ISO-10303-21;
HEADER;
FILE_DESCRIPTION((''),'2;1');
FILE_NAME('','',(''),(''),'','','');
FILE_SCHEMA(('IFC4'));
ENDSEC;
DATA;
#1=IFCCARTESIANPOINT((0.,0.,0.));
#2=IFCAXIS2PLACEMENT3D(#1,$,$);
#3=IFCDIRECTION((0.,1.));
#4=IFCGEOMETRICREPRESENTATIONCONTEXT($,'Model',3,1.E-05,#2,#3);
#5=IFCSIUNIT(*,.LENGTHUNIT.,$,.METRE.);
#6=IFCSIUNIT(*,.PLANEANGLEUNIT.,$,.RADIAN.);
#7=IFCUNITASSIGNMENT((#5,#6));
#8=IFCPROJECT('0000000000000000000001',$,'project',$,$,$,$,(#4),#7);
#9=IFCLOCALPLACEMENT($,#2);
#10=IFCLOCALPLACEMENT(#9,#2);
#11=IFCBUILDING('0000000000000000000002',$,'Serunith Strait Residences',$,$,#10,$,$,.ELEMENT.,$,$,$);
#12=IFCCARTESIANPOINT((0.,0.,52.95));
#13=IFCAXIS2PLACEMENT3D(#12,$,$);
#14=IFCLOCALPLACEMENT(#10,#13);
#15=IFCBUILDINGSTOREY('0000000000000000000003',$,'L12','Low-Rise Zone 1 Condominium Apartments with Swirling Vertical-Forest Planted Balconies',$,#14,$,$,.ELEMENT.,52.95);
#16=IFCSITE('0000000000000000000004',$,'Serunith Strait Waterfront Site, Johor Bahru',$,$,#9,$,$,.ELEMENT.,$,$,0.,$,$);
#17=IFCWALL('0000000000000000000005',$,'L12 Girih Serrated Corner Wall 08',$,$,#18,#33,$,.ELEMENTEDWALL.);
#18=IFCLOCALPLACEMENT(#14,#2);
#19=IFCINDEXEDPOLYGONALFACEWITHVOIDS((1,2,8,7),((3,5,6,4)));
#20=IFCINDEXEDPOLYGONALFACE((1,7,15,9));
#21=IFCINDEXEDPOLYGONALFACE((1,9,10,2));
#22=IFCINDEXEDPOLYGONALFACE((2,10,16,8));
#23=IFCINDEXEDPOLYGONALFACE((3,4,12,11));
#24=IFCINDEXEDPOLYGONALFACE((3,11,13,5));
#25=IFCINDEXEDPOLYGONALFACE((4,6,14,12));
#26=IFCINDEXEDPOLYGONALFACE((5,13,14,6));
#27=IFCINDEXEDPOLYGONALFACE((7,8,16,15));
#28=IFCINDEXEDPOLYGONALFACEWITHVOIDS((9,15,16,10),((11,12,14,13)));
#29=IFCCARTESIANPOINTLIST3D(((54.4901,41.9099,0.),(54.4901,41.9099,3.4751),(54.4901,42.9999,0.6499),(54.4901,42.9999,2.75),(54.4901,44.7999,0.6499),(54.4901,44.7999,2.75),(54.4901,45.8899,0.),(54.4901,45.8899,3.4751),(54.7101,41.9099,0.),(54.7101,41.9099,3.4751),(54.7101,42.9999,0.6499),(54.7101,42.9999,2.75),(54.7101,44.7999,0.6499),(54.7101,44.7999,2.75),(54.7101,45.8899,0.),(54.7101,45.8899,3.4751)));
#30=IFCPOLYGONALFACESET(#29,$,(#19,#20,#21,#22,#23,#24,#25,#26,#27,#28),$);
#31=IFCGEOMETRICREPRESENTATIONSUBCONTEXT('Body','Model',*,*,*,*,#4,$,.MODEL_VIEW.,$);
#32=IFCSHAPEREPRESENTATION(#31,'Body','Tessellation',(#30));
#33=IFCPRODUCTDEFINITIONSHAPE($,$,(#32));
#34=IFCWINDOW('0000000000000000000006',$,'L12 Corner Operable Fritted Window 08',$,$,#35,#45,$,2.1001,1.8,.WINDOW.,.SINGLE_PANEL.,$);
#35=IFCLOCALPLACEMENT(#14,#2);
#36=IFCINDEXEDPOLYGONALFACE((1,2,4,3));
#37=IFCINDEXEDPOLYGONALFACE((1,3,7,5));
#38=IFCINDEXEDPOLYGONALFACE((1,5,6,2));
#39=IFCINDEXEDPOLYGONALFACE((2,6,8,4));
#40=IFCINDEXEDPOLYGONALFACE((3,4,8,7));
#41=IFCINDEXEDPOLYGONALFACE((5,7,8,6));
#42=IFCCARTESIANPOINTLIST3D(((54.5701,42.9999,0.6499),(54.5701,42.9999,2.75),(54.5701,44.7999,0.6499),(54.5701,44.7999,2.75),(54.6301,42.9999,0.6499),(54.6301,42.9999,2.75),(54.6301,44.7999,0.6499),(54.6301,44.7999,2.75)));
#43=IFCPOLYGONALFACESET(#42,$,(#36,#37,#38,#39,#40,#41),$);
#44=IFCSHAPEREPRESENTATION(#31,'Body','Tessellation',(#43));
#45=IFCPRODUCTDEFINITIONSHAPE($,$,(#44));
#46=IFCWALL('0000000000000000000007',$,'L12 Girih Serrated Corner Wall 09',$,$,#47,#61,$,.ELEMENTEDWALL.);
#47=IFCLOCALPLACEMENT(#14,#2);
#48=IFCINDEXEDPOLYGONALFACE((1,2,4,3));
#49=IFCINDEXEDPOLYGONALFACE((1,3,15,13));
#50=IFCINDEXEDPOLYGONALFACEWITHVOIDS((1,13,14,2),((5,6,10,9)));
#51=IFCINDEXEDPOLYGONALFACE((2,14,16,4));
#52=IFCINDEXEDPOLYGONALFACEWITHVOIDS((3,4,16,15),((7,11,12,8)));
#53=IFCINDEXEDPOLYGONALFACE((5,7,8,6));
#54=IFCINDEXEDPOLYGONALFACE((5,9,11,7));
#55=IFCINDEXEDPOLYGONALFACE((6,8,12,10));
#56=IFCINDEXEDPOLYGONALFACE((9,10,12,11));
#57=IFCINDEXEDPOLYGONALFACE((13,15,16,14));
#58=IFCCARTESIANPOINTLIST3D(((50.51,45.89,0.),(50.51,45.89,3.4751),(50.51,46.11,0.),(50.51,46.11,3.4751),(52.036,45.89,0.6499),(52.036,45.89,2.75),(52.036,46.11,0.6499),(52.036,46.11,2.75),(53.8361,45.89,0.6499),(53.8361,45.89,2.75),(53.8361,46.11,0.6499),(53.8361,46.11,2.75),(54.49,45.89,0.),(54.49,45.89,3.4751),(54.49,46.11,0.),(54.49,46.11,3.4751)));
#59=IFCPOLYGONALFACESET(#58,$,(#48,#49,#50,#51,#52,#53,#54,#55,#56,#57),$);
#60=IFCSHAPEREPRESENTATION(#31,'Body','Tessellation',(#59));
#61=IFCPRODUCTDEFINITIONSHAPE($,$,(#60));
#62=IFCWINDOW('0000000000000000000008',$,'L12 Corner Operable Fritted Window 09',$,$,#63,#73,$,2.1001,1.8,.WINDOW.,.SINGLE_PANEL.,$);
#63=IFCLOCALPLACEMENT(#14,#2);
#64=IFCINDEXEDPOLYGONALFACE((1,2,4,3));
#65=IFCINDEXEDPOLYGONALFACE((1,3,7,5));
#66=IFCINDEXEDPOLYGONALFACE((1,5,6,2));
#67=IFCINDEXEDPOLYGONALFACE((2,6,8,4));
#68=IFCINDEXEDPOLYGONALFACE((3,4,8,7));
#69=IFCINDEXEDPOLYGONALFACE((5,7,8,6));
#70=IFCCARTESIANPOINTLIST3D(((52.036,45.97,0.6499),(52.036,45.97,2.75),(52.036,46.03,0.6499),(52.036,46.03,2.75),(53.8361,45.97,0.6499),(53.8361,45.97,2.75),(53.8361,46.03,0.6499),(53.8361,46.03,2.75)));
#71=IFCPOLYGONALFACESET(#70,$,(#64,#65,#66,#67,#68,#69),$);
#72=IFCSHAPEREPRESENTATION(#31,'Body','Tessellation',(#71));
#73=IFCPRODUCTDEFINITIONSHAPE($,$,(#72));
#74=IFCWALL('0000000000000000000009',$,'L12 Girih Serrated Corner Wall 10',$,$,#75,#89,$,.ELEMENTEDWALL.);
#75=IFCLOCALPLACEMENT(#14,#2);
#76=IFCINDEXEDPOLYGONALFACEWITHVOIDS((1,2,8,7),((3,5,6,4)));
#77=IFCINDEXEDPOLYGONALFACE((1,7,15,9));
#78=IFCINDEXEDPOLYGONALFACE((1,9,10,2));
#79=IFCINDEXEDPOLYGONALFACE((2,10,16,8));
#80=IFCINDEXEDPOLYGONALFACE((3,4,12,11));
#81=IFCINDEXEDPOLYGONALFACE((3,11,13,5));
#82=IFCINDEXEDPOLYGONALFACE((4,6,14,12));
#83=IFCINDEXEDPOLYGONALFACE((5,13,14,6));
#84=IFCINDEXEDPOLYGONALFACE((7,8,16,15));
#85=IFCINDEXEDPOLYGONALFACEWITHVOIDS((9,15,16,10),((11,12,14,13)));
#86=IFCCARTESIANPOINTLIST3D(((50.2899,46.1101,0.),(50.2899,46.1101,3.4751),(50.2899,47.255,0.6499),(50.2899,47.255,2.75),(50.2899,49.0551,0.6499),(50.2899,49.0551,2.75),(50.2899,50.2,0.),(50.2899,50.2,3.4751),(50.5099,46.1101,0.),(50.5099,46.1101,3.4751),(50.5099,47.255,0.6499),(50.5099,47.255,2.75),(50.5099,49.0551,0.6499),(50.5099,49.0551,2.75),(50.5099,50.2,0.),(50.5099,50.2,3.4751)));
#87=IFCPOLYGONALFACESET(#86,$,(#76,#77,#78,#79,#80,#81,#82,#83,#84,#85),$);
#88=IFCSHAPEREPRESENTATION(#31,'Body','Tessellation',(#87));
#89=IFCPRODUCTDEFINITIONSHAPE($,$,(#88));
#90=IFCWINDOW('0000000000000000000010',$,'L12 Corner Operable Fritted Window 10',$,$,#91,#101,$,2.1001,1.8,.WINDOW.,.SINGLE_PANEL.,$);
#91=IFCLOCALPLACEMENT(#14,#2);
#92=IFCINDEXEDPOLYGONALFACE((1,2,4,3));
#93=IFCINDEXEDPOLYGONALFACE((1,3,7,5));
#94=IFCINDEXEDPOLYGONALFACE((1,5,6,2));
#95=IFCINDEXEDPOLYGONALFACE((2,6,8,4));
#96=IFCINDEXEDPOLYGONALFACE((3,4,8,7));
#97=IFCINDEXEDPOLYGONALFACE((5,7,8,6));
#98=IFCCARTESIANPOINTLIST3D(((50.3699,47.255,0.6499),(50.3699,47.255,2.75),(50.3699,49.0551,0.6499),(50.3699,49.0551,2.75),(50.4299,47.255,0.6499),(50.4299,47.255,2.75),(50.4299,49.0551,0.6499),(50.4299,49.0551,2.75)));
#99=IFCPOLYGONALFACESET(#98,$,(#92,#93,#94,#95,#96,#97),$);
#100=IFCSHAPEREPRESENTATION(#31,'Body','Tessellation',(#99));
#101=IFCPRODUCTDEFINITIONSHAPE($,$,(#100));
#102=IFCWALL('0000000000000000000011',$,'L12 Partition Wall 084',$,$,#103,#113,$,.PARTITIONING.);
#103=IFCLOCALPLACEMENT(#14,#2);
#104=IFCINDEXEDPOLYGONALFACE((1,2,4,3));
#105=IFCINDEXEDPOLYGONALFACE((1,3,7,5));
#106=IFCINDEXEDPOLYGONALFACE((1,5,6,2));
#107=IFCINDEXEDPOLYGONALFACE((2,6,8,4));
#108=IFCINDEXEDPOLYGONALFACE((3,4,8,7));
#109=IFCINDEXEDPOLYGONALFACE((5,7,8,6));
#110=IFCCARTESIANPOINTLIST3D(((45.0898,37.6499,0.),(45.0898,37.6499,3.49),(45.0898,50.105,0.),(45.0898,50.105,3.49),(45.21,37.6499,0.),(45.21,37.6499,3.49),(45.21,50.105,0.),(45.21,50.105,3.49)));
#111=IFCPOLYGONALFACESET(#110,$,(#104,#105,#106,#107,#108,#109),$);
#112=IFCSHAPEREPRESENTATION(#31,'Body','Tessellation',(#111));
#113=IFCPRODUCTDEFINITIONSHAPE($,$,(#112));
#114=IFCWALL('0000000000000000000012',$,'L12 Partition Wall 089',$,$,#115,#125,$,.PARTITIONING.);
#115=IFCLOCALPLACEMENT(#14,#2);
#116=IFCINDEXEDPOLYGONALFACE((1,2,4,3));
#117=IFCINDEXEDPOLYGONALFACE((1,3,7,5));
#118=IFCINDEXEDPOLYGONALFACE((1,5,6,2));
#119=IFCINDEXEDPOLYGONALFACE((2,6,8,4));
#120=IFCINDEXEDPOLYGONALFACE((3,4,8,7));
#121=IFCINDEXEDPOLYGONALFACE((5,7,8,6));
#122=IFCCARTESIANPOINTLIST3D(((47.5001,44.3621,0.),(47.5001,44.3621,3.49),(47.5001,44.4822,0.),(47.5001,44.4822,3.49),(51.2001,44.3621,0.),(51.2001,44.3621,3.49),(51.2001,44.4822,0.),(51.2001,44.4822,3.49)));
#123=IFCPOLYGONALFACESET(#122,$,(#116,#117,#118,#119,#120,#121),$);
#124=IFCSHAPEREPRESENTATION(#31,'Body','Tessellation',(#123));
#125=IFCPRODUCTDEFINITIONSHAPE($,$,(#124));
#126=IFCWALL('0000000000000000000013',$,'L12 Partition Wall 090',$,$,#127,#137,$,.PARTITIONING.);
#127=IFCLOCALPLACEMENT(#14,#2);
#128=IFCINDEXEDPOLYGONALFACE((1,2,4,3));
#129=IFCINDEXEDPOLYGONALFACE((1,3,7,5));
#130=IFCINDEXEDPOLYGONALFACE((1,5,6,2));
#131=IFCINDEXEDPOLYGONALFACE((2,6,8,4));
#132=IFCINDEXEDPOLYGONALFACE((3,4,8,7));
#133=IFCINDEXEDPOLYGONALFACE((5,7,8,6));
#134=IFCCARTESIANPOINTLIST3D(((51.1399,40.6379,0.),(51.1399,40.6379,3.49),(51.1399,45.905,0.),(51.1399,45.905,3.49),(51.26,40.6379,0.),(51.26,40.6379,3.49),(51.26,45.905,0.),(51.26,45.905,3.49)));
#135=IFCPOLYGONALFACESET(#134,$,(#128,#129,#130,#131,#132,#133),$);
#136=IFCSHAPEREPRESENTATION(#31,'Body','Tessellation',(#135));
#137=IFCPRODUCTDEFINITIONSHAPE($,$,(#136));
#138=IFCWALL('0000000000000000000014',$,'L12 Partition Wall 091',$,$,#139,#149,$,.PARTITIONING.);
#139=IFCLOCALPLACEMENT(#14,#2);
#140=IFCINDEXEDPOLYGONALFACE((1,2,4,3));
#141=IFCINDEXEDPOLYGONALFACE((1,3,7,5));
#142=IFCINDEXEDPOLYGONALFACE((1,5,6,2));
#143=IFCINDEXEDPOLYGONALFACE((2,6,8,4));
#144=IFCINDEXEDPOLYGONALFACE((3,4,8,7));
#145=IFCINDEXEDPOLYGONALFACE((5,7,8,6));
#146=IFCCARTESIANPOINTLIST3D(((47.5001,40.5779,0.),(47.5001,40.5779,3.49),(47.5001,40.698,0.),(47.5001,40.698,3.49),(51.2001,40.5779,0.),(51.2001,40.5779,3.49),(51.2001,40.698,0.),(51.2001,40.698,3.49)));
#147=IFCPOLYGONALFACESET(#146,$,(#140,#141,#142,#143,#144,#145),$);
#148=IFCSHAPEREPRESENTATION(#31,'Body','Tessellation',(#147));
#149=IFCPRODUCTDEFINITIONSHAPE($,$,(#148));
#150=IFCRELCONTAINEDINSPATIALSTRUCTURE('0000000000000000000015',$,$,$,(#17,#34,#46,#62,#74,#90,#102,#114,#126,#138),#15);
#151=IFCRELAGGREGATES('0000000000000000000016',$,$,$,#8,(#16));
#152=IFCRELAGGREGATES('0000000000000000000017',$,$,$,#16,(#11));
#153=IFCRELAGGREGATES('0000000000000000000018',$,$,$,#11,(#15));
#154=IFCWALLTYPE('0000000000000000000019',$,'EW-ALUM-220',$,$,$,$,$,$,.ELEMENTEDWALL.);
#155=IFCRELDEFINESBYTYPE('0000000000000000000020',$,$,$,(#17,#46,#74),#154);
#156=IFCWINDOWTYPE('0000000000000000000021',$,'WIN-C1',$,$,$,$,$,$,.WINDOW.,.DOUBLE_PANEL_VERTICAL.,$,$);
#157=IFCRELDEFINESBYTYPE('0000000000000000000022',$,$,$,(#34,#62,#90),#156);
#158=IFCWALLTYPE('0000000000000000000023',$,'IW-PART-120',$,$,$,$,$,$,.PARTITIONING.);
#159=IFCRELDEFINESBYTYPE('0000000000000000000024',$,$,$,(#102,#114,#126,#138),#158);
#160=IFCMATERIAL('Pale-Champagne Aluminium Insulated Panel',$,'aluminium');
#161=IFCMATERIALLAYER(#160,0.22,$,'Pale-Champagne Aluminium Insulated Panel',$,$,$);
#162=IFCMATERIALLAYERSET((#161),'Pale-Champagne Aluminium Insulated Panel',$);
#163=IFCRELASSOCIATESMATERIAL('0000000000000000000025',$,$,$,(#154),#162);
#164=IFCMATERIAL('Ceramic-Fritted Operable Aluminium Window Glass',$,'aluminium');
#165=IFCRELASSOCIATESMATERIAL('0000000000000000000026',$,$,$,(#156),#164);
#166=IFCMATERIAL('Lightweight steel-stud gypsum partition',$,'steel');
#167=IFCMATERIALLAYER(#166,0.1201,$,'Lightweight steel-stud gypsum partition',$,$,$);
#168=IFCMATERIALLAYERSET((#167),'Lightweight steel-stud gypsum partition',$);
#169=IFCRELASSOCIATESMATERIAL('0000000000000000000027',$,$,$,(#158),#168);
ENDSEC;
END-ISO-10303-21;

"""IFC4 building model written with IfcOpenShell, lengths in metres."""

from ifc_helpers import new_model, si_unit, direction, frame, frame_2d, origin, place, context, subcontext, project, spatial, rectangle, extrude, source, transform, mapped, material, layer, layer_set, type_object, element, fill, save


model = new_model("IFC4")

# Units and contexts
model_context = context("Model", 3, precision=1e-05, world=origin(), true_north=direction((0.0, 1.0)))
body_context = subcontext(model_context, "Body", "Model", "MODEL_VIEW")
ifc_project = project(units=[si_unit("LENGTHUNIT", "METRE"), si_unit("PLANEANGLEUNIT", "RADIAN")], contexts=[model_context])

# Site, building, storey
site_placement = place(None, origin())
site = spatial("IfcSite", under=ifc_project, at=site_placement, Name="Serunith Strait Waterfront Site, Johor Bahru", CompositionType="ELEMENT", RefElevation=0.0)
building_placement = place(site_placement, origin())
building = spatial("IfcBuilding", under=site, at=building_placement, Name="Serunith Strait Residences", CompositionType="ELEMENT")
storey_placement = place(building_placement, frame((0.0, 0.0, 52.95)))
storey = spatial("IfcBuildingStorey", under=building, at=storey_placement, Name="L12", Description="Low-Rise Zone 1 Condominium Apartments with Swirling Vertical-Forest Planted Balconies", CompositionType="ELEMENT", Elevation=52.95)

# Walls, openings, windows
ifc_material_1 = material(Name="Pale-Champagne Aluminium Insulated Panel", Category="aluminium")
ifc_layer_1 = layer(ifc_material_1, 0.22, Name="Pale-Champagne Aluminium Insulated Panel")
ifc_layer_set_1 = layer_set([ifc_layer_1], Name="Pale-Champagne Aluminium Insulated Panel")
wall_type_1 = type_object("IfcWallType", Name="EW-ALUM-220", PredefinedType="ELEMENTEDWALL", material=ifc_layer_set_1)
ifc_material_2 = material(Name="Ceramic-Fritted Operable Aluminium Window Glass", Category="aluminium")
window_type = type_object("IfcWindowType", Name="WIN-C1", PartitioningType="DOUBLE_PANEL_VERTICAL", PredefinedType="WINDOW", material=ifc_material_2)
shared_shape_1 = source(origin(), body_context, "Body", "SweptSolid", [
    extrude(rectangle(XDim=1.8, YDim=2.1001, at=frame_2d((0.8999, 1.05))), frame((0.0, 0.03, 0.0), z_axis=(0.0, -1.0, 0.0), x_axis=(1.0, 0.0, 0.0)), (0.0, 0.0, 1.0), 0.0601),
])
wall_1_placement = place(storey_placement, frame((54.6001, 41.9099, 0.0), z_axis=(0.0, 0.0, 1.0), x_axis=(0.0, 1.0, 0.0)))
wall_1 = element("IfcWall", 1, at=wall_1_placement, inside=storey, type_object=wall_type_1, Name="L12 Girih Serrated Corner Wall 08", PredefinedType="ELEMENTEDWALL", context=body_context, shape_type="SweptSolid", body=[
    extrude(rectangle(XDim=3.98, YDim=0.22, at=frame_2d((1.99, 0.0))), origin(), (0.0, 0.0, 1.0), 3.4751),
])
opening_1_placement = place(wall_1_placement, frame((1.0901, 0.0, 0.6499)))
opening_1 = element("IfcOpeningElement", 2, at=opening_1_placement, cuts=wall_1, PredefinedType="OPENING", context=body_context, shape_type="SweptSolid", body=[
    extrude(rectangle(XDim=1.8, YDim=2.1001, at=frame_2d((0.8999, 1.05))), frame((0.0, 0.1201, 0.0), z_axis=(0.0, -1.0, 0.0), x_axis=(1.0, 0.0, 0.0)), (0.0, 0.0, 1.0), 0.24),
])
window_1_placement = place(opening_1_placement, origin())
window_1 = element("IfcWindow", 3, at=window_1_placement, inside=storey, type_object=window_type, Name="L12 Corner Operable Fritted Window 08", OverallHeight=2.1001, OverallWidth=1.8, PartitioningType="SINGLE_PANEL", PredefinedType="WINDOW", context=body_context, shape_type="MappedRepresentation", body=[
    mapped(shared_shape_1, transform((0.0, 0.0, 0.0), scale=1.0)),
])
fill(opening_1, window_1)
wall_2_placement = place(storey_placement, frame((54.49, 46.0, 0.0), z_axis=(0.0, 0.0, 1.0), x_axis=(-1.0, 0.0, 0.0)))
wall_2 = element("IfcWall", 4, at=wall_2_placement, inside=storey, type_object=wall_type_1, Name="L12 Girih Serrated Corner Wall 09", PredefinedType="ELEMENTEDWALL", context=body_context, shape_type="SweptSolid", body=[
    extrude(rectangle(XDim=3.98, YDim=0.22, at=frame_2d((1.99, 0.0))), origin(), (0.0, 0.0, 1.0), 3.4751),
])
opening_2_placement = place(wall_2_placement, frame((0.6541, 0.0, 0.6499)))
opening_2 = element("IfcOpeningElement", 5, at=opening_2_placement, cuts=wall_2, PredefinedType="OPENING", context=body_context, shape_type="SweptSolid", body=[
    extrude(rectangle(XDim=1.8, YDim=2.1001, at=frame_2d((0.8999, 1.05))), frame((0.0, 0.1201, 0.0), z_axis=(0.0, -1.0, 0.0), x_axis=(1.0, 0.0, 0.0)), (0.0, 0.0, 1.0), 0.24),
])
window_2_placement = place(opening_2_placement, origin())
window_2 = element("IfcWindow", 6, at=window_2_placement, inside=storey, type_object=window_type, Name="L12 Corner Operable Fritted Window 09", OverallHeight=2.1001, OverallWidth=1.8, PartitioningType="SINGLE_PANEL", PredefinedType="WINDOW", context=body_context, shape_type="MappedRepresentation", body=[
    mapped(shared_shape_1, transform((0.0, 0.0, 0.0), scale=1.0)),
])
fill(opening_2, window_2)
wall_3_placement = place(storey_placement, frame((50.3999, 46.1101, 0.0), z_axis=(0.0, 0.0, 1.0), x_axis=(0.0, 1.0, 0.0)))
wall_3 = element("IfcWall", 7, at=wall_3_placement, inside=storey, type_object=wall_type_1, Name="L12 Girih Serrated Corner Wall 10", PredefinedType="ELEMENTEDWALL", context=body_context, shape_type="SweptSolid", body=[
    extrude(rectangle(XDim=4.0898, YDim=0.22, at=frame_2d((2.0449, 0.0))), origin(), (0.0, 0.0, 1.0), 3.4751),
])
opening_3_placement = place(wall_3_placement, frame((1.145, 0.0, 0.6499)))
opening_3 = element("IfcOpeningElement", 8, at=opening_3_placement, cuts=wall_3, PredefinedType="OPENING", context=body_context, shape_type="SweptSolid", body=[
    extrude(rectangle(XDim=1.8, YDim=2.1001, at=frame_2d((0.8999, 1.05))), frame((0.0, 0.1201, 0.0), z_axis=(0.0, -1.0, 0.0), x_axis=(1.0, 0.0, 0.0)), (0.0, 0.0, 1.0), 0.24),
])
window_3_placement = place(opening_3_placement, origin())
window_3 = element("IfcWindow", 9, at=window_3_placement, inside=storey, type_object=window_type, Name="L12 Corner Operable Fritted Window 10", OverallHeight=2.1001, OverallWidth=1.8, PartitioningType="SINGLE_PANEL", PredefinedType="WINDOW", context=body_context, shape_type="MappedRepresentation", body=[
    mapped(shared_shape_1, transform((0.0, 0.0, 0.0), scale=1.0)),
])
fill(opening_3, window_3)

# Walls
ifc_material_3 = material(Name="Lightweight steel-stud gypsum partition", Category="steel")
ifc_layer_2 = layer(ifc_material_3, 0.1201, Name="Lightweight steel-stud gypsum partition")
ifc_layer_set_2 = layer_set([ifc_layer_2], Name="Lightweight steel-stud gypsum partition")
wall_type_2 = type_object("IfcWallType", Name="IW-PART-120", PredefinedType="PARTITIONING", material=ifc_layer_set_2)
wall_4_placement = place(storey_placement, frame((45.1499, 50.105, 0.0), z_axis=(0.0, 0.0, 1.0), x_axis=(0.0, -1.0, 0.0)))
element("IfcWall", 10, at=wall_4_placement, inside=storey, type_object=wall_type_2, Name="L12 Partition Wall 084", PredefinedType="PARTITIONING", context=body_context, shape_type="SweptSolid", body=[
    extrude(rectangle(XDim=12.4551, YDim=0.1201, at=frame_2d((6.2275, 0.0))), origin(), (0.0, 0.0, 1.0), 3.49),
])
wall_5_placement = place(storey_placement, frame((47.5, 44.4221, 0.0), z_axis=(0.0, 0.0, 1.0), x_axis=(1.0, 0.0, 0.0)))
element("IfcWall", 11, at=wall_5_placement, inside=storey, type_object=wall_type_2, Name="L12 Partition Wall 089", PredefinedType="PARTITIONING", context=body_context, shape_type="SweptSolid", body=[
    extrude(rectangle(XDim=3.7, YDim=0.1201, at=frame_2d((1.8501, 0.0))), origin(), (0.0, 0.0, 1.0), 3.49),
])
wall_6_placement = place(storey_placement, frame((51.2, 45.905, 0.0), z_axis=(0.0, 0.0, 1.0), x_axis=(0.0, -1.0, 0.0)))
element("IfcWall", 12, at=wall_6_placement, inside=storey, type_object=wall_type_2, Name="L12 Partition Wall 090", PredefinedType="PARTITIONING", context=body_context, shape_type="SweptSolid", body=[
    extrude(rectangle(XDim=5.2671, YDim=0.1201, at=frame_2d((2.6335, 0.0))), origin(), (0.0, 0.0, 1.0), 3.49),
])
wall_7_placement = place(storey_placement, frame((47.5, 40.6379, 0.0), z_axis=(0.0, 0.0, 1.0), x_axis=(1.0, 0.0, 0.0)))
element("IfcWall", 13, at=wall_7_placement, inside=storey, type_object=wall_type_2, Name="L12 Partition Wall 091", PredefinedType="PARTITIONING", context=body_context, shape_type="SweptSolid", body=[
    extrude(rectangle(XDim=3.7, YDim=0.1201, at=frame_2d((1.8501, 0.0))), origin(), (0.0, 0.0, 1.0), 3.49),
])

save(model, "model.ifc")
